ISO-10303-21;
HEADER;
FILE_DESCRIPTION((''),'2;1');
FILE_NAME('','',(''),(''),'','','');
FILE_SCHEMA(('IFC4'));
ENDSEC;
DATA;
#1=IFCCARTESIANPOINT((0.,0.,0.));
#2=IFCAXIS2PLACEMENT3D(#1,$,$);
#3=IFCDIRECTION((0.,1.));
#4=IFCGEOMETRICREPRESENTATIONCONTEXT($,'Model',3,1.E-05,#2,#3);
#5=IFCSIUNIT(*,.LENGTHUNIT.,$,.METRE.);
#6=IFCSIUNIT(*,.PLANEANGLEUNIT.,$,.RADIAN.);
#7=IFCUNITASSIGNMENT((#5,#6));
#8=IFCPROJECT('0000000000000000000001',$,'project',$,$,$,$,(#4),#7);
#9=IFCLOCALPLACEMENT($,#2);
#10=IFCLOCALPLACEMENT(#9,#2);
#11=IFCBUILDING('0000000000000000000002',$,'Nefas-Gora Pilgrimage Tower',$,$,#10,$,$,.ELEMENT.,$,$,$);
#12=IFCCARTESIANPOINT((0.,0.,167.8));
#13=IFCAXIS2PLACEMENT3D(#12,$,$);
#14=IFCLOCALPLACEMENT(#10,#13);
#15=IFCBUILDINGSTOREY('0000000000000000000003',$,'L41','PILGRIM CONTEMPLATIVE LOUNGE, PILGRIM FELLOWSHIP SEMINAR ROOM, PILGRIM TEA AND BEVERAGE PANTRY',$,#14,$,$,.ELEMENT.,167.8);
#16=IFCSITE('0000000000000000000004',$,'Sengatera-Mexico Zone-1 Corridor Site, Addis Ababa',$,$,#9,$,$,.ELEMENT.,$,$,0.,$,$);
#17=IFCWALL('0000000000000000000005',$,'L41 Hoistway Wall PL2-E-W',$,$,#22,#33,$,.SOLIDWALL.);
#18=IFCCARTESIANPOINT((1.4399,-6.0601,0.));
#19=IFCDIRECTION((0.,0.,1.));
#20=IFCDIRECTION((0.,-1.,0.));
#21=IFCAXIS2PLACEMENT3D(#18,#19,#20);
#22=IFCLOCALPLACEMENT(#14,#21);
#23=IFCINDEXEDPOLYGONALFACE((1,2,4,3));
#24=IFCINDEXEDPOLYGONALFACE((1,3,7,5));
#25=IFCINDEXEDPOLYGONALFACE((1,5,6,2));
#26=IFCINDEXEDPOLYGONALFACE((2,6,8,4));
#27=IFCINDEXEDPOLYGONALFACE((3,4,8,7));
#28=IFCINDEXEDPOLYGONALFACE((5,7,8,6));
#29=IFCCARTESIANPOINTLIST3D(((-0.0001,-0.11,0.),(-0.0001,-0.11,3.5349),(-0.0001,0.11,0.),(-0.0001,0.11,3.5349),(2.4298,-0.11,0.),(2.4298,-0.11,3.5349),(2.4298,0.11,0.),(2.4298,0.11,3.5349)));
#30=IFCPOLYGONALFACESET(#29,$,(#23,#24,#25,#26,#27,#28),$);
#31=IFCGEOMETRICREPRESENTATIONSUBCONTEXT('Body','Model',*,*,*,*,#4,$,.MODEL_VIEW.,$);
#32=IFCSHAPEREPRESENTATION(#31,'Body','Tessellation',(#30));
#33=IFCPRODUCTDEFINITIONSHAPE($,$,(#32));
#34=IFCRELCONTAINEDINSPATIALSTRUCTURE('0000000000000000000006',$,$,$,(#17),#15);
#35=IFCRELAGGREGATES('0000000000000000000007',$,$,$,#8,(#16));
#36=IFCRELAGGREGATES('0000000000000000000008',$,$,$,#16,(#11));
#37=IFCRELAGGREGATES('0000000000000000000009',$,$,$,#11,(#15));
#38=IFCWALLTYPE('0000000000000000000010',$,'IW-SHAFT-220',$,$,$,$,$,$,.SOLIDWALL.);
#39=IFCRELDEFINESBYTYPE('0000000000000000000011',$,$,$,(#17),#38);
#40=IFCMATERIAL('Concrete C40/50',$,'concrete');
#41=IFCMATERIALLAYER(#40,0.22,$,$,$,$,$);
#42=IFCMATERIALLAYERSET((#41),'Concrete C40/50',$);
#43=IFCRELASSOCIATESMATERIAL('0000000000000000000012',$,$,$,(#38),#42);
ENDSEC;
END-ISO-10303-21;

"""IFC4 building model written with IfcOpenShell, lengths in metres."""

from ifc_helpers import new_model, si_unit, direction, frame, frame_2d, origin, place, context, subcontext, project, spatial, rectangle, extrude, source, transform, mapped, material, layer, layer_set, type_object, element, save


model = new_model("IFC4")

# Units and contexts
model_context = context("Model", 3, precision=1e-05, world=origin(), true_north=direction((0.0, 1.0)))
body_context = subcontext(model_context, "Body", "Model", "MODEL_VIEW")
ifc_project = project(units=[si_unit("LENGTHUNIT", "METRE"), si_unit("PLANEANGLEUNIT", "RADIAN")], contexts=[model_context])

# Site, building, storey
site_placement = place(None, origin())
site = spatial("IfcSite", under=ifc_project, at=site_placement, Name="Sengatera-Mexico Zone-1 Corridor Site, Addis Ababa", CompositionType="ELEMENT", RefElevation=0.0)
building_placement = place(site_placement, origin())
building = spatial("IfcBuilding", under=site, at=building_placement, Name="Nefas-Gora Pilgrimage Tower", CompositionType="ELEMENT")
storey_placement = place(building_placement, frame((0.0, 0.0, 167.8)))
storey = spatial("IfcBuildingStorey", under=building, at=storey_placement, Name="L41", Description="PILGRIM CONTEMPLATIVE LOUNGE, PILGRIM FELLOWSHIP SEMINAR ROOM, PILGRIM TEA AND BEVERAGE PANTRY", CompositionType="ELEMENT", Elevation=167.8)

# Shared definitions
ifc_material_1 = material(Name="Concrete C40/50", Category="concrete")
ifc_layer_1 = layer(ifc_material_1, 0.22)
ifc_layer_set_1 = layer_set([ifc_layer_1], Name="Concrete C40/50")
wall_type_1 = type_object("IfcWallType", Name="IW-SHAFT-220", PredefinedType="SOLIDWALL", material=ifc_layer_set_1)

# Wall
shared_shape_1 = source(origin(), body_context, "Body", "SweptSolid", [
    extrude(rectangle(XDim=2.4299, YDim=0.22, at=frame_2d((1.2148, 0.0))), origin(), (0.0, 0.0, 1.0), 3.5349),
])
for number, where, z_axis, x_axis, name in (
    (1, (1.4399, -6.0601, 0.0), (0.0, 0.0, 1.0), (0.0, -1.0, 0.0), "L41 Hoistway Wall PL2-E-W"),
):
    element("IfcWall", number, at=place(storey_placement, frame(where, z_axis=z_axis, x_axis=x_axis)), inside=storey, type_object=wall_type_1, Name=name, PredefinedType="SOLIDWALL", context=body_context, shape_type="MappedRepresentation", body=[
        mapped(shared_shape_1, transform((0.0, 0.0, 0.0), x_axis=(1.0, 0.0, 0.0), y_axis=(0.0, 1.0, 0.0), z_axis=(0.0, 0.0, 1.0), scale=1.0)),
    ])

save(model, "model.ifc")
